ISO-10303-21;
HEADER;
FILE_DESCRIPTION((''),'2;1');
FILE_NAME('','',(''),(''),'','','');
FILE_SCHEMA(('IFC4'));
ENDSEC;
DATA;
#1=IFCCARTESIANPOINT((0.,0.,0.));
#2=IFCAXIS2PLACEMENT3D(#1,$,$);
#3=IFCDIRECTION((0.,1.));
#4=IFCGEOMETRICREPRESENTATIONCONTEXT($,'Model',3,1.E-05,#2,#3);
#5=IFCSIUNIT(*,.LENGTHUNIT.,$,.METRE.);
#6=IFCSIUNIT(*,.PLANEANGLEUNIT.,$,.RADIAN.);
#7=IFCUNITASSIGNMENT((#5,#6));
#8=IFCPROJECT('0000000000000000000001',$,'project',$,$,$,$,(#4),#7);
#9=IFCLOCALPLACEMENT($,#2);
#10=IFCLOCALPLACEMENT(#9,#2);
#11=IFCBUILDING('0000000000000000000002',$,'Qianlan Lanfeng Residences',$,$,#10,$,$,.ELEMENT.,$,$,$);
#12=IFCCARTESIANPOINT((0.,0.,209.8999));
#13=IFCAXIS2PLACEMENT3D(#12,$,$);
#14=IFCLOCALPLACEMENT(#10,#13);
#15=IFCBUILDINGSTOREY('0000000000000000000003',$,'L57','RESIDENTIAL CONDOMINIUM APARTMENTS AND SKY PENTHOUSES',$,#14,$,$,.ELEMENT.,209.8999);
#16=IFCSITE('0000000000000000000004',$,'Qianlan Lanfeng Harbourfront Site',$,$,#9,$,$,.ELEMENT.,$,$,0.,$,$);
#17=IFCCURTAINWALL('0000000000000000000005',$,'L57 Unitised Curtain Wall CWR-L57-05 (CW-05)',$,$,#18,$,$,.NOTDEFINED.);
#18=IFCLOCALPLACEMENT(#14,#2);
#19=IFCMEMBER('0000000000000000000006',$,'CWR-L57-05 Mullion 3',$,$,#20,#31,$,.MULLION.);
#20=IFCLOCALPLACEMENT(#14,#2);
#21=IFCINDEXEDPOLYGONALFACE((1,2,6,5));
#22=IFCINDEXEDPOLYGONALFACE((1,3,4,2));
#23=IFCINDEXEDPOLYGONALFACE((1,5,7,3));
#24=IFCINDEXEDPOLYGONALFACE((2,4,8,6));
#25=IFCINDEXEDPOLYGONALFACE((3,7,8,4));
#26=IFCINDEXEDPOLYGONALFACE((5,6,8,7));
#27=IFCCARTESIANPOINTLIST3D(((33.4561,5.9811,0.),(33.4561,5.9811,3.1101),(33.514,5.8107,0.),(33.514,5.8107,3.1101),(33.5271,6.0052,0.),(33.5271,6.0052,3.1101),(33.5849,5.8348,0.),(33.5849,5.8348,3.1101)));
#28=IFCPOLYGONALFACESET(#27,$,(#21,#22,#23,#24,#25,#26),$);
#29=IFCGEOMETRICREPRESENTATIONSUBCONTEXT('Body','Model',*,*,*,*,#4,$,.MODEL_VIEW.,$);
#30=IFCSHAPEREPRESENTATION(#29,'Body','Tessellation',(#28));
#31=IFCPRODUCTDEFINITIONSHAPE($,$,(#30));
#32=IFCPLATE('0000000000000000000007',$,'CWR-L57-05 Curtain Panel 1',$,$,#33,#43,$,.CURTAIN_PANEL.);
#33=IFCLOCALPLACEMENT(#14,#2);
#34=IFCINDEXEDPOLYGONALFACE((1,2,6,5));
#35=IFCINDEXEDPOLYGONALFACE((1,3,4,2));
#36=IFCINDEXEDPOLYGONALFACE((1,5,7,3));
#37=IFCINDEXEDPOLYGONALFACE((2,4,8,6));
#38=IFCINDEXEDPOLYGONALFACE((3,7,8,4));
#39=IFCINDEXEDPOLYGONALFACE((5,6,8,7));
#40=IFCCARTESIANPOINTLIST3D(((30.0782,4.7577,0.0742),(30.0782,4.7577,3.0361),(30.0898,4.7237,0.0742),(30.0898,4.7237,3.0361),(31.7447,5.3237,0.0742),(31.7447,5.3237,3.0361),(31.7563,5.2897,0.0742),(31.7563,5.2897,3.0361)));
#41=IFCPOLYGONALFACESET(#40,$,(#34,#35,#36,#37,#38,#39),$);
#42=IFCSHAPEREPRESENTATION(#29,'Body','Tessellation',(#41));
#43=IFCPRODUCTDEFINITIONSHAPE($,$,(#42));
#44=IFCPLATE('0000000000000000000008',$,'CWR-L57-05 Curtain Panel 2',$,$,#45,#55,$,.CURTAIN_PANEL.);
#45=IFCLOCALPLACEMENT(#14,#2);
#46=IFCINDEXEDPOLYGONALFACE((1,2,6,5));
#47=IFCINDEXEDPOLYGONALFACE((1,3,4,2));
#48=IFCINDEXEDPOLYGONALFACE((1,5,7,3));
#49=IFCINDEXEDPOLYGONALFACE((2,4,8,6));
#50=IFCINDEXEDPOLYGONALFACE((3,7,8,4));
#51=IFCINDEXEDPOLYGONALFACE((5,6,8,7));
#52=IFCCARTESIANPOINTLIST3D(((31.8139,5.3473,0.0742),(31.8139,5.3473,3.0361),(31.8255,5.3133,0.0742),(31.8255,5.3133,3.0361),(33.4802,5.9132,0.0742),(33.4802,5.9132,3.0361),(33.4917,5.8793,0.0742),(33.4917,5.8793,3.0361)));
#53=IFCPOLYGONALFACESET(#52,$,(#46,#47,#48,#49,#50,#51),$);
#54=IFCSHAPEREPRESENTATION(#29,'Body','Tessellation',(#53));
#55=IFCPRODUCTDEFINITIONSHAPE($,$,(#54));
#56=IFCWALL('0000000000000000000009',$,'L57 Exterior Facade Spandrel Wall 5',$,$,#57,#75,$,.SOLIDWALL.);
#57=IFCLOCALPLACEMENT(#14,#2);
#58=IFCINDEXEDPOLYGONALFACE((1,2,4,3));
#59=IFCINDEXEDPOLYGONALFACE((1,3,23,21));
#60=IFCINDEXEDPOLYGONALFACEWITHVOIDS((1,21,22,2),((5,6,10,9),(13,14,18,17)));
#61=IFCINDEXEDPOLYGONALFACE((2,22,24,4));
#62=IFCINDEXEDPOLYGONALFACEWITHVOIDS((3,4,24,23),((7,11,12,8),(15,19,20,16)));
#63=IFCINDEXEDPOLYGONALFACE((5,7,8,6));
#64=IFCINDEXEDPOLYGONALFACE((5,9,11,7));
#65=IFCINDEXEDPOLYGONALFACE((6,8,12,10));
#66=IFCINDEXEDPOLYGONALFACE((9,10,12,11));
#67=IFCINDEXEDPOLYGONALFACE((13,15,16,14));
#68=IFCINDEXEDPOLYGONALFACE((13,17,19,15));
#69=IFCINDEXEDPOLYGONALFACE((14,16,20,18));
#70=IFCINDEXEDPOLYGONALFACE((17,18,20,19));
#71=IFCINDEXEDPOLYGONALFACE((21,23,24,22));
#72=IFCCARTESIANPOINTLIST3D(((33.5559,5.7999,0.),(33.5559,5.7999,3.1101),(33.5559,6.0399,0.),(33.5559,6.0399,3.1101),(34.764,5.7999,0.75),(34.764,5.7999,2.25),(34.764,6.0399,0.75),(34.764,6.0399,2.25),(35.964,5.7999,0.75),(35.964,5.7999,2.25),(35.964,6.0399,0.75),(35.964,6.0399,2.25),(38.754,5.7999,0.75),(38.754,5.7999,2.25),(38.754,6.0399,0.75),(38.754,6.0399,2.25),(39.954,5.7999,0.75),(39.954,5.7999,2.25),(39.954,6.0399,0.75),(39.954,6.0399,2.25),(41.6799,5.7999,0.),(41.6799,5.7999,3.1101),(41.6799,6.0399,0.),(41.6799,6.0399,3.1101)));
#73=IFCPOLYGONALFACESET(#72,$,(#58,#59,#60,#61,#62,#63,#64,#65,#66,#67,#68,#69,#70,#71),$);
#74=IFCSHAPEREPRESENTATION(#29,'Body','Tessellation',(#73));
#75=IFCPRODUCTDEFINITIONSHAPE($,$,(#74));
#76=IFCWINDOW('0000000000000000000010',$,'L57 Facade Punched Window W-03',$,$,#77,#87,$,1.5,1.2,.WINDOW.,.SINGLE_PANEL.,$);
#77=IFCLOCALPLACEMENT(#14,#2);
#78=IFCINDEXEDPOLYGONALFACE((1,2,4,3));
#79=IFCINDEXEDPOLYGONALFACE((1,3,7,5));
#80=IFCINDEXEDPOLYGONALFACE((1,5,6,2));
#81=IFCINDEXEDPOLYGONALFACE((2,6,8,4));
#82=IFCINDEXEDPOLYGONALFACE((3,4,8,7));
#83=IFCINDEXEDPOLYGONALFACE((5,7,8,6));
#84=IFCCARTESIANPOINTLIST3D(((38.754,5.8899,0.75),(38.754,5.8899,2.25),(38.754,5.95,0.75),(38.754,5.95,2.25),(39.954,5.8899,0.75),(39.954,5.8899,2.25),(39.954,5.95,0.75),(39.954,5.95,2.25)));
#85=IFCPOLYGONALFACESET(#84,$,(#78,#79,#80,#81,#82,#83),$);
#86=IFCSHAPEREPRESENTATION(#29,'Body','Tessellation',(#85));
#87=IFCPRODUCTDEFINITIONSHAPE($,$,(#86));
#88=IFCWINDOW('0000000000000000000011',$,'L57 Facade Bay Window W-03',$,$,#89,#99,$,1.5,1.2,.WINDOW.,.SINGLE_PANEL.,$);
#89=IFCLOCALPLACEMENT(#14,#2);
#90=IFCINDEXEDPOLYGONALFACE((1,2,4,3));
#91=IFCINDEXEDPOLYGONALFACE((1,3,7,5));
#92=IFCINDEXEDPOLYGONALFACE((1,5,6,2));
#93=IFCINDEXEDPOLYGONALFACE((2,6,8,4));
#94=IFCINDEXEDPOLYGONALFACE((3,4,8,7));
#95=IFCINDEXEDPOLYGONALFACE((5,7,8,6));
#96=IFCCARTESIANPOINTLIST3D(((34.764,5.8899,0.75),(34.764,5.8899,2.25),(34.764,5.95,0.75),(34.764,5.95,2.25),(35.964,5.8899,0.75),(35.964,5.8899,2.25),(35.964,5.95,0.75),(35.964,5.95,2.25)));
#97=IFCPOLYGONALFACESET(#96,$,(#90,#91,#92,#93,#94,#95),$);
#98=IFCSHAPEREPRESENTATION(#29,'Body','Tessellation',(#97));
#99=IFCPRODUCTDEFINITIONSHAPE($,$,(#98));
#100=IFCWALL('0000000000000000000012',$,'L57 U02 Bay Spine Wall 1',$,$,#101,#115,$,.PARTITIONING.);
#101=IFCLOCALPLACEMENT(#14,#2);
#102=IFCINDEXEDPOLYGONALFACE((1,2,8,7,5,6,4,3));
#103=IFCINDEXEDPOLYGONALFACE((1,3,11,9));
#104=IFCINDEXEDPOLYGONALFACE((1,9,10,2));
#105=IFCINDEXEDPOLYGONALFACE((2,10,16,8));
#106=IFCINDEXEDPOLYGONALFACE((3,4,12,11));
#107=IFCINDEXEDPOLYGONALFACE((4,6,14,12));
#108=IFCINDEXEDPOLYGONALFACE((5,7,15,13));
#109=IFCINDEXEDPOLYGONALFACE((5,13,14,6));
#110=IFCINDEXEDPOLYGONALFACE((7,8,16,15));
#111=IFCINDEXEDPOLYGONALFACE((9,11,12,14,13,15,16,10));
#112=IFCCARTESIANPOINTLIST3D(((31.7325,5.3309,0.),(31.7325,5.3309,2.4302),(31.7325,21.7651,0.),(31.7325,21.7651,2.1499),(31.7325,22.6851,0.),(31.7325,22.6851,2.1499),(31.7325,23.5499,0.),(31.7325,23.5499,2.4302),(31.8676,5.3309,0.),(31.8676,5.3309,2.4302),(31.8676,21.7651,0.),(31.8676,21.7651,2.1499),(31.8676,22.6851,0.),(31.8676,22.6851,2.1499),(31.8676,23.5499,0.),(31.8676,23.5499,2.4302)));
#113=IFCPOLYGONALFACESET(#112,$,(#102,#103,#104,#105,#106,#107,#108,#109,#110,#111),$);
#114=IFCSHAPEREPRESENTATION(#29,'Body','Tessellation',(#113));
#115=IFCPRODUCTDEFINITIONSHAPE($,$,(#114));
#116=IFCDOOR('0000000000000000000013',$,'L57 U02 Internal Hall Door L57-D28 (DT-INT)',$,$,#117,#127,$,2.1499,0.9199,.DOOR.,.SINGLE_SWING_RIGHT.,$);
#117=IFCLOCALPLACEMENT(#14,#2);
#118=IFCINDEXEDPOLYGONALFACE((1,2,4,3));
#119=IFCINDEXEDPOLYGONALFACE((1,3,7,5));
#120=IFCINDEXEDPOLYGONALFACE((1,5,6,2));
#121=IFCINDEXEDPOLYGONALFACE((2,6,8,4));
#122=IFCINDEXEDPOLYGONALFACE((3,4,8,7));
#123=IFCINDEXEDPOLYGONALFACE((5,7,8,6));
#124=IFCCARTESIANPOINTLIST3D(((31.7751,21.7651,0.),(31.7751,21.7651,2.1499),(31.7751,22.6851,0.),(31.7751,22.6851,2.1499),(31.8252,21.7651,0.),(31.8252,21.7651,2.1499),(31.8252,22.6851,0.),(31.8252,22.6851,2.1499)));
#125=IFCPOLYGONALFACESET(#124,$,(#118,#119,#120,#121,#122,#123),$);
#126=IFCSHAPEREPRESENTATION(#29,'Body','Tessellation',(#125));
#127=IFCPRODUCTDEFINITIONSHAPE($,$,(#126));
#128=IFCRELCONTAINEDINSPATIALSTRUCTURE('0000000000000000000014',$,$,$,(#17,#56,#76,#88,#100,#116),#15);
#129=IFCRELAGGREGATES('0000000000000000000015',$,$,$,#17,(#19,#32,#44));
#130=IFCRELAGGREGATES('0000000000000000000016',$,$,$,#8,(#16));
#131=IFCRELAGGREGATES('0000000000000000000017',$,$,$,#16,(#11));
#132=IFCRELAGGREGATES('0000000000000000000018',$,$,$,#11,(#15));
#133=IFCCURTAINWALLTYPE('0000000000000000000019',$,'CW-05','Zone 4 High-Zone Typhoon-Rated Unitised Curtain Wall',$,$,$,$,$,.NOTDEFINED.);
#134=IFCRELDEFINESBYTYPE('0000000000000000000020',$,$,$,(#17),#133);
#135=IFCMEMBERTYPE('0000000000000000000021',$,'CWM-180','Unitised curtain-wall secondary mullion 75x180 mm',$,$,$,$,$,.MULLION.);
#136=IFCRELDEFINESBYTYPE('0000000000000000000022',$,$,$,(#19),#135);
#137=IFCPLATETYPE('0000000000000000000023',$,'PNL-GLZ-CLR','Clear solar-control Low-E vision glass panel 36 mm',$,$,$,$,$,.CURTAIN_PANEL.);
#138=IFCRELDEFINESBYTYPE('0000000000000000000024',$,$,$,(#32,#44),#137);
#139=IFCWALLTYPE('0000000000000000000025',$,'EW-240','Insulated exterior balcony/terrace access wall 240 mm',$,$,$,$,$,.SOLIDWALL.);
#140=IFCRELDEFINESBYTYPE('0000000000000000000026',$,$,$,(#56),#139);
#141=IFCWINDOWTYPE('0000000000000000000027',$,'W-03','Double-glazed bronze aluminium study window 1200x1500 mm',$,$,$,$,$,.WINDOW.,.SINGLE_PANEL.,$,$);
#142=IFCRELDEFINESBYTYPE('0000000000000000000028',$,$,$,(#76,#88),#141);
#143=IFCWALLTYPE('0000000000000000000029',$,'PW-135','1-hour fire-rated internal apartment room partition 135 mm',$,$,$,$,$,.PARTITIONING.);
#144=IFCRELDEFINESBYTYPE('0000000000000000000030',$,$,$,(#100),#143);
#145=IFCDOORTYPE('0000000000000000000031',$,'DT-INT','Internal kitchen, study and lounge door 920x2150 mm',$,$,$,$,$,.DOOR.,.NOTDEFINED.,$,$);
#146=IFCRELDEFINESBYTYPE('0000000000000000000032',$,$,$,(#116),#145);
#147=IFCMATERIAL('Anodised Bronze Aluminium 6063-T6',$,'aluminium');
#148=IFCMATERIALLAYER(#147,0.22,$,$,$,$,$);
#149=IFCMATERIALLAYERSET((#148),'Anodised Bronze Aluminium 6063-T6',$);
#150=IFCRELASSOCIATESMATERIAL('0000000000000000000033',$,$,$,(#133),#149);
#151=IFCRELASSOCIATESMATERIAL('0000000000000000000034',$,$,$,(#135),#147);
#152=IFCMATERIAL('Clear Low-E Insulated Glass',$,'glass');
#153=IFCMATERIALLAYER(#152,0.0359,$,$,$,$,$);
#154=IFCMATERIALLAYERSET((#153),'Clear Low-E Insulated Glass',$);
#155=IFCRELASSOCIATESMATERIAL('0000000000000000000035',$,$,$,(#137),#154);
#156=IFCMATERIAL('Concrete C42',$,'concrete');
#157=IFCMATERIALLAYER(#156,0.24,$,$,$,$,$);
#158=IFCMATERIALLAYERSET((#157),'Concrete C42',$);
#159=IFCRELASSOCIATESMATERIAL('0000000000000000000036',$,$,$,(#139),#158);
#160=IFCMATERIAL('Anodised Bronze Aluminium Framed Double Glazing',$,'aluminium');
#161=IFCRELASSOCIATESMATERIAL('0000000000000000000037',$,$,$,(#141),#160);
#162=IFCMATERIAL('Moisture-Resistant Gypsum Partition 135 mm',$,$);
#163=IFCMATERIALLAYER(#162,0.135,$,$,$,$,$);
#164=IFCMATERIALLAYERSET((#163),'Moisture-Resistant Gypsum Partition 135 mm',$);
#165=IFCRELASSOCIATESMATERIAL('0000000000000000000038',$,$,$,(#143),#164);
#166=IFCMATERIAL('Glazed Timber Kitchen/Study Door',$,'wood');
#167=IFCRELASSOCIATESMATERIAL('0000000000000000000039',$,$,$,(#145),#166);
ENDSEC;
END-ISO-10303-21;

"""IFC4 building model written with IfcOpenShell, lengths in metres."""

from ifc_helpers import new_model, si_unit, direction, frame, frame_2d, origin, origin_2d, place, context, subcontext, project, spatial, rectangle, extrude, source, transform, mapped, material, layer, layer_set, material_profile, profile_set, type_object, element, fill, aggregate, save


model = new_model("IFC4")

# Units and contexts
model_context = context("Model", 3, precision=1e-05, world=origin(), true_north=direction((0.0, 1.0)))
body_context = subcontext(model_context, "Body", "Model", "MODEL_VIEW")
ifc_project = project(units=[si_unit("LENGTHUNIT", "METRE"), si_unit("PLANEANGLEUNIT", "RADIAN")], contexts=[model_context])

# Site, building, storey
site_placement = place(None, origin())
site = spatial("IfcSite", under=ifc_project, at=site_placement, Name="Qianlan Lanfeng Harbourfront Site", CompositionType="ELEMENT", RefElevation=0.0)
building_placement = place(site_placement, origin())
building = spatial("IfcBuilding", under=site, at=building_placement, Name="Qianlan Lanfeng Residences", CompositionType="ELEMENT")
storey_placement = place(building_placement, frame((0.0, 0.0, 209.8999)))
storey = spatial("IfcBuildingStorey", under=building, at=storey_placement, Name="L57", Description="RESIDENTIAL CONDOMINIUM APARTMENTS AND SKY PENTHOUSES", CompositionType="ELEMENT", Elevation=209.8999)

# Curtain wall, member, plates
ifc_material_1 = material(Name="Anodised Bronze Aluminium 6063-T6", Category="aluminium")
ifc_layer_1 = layer(ifc_material_1, 0.22)
ifc_layer_set_1 = layer_set([ifc_layer_1], Name="Anodised Bronze Aluminium 6063-T6")
curtain_wall_type = type_object("IfcCurtainWallType", Name="CW-05", Description="Zone 4 High-Zone Typhoon-Rated Unitised Curtain Wall", PredefinedType="NOTDEFINED", material=ifc_layer_set_1)
curtain_wall_placement = place(storey_placement, origin())
curtain_wall = element("IfcCurtainWall", 1, at=curtain_wall_placement, inside=storey, type_object=curtain_wall_type, Name="L57 Unitised Curtain Wall CWR-L57-05 (CW-05)", PredefinedType="NOTDEFINED")
ifc_material_profile_1 = material_profile(ifc_material_1, rectangle(XDim=0.075, YDim=0.1799, at=origin_2d()), Name="ALU MULLION 75x180")
ifc_profile_set_1 = profile_set([ifc_material_profile_1], Name="Anodised Bronze Aluminium 6063-T6")
member_type_1 = type_object("IfcMemberType", Name="CWM-180", Description="Unitised curtain-wall secondary mullion 75x180 mm", PredefinedType="MULLION", material=ifc_profile_set_1)
shared_shape_1 = source(origin(), body_context, "Body", "SweptSolid", [
    extrude(rectangle(XDim=0.075, YDim=0.1799, at=origin_2d()), origin(), (0.0, 0.0, 1.0), 3.1101),
])
member_1_placement = place(storey_placement, frame((33.5205, 5.908, 0.0), z_axis=(0.0, 0.0, 1.0), x_axis=(0.946877, 0.321596, 0.0)))
member_1 = element("IfcMember", 2, at=member_1_placement, type_object=member_type_1, Name="CWR-L57-05 Mullion 3", PredefinedType="MULLION", context=body_context, shape_type="MappedRepresentation", body=[
    mapped(shared_shape_1, transform((0.0, 0.0, 0.0), scale=1.0)),
])
ifc_material_2 = material(Name="Clear Low-E Insulated Glass", Category="glass")
ifc_layer_2 = layer(ifc_material_2, 0.0359)
ifc_layer_set_2 = layer_set([ifc_layer_2], Name="Clear Low-E Insulated Glass")
plate_type = type_object("IfcPlateType", Name="PNL-GLZ-CLR", Description="Clear solar-control Low-E vision glass panel 36 mm", PredefinedType="CURTAIN_PANEL", material=ifc_layer_set_2)
shared_shape_2 = source(origin(), body_context, "Body", "SweptSolid", [
    extrude(rectangle(XDim=1.76, YDim=0.0359, at=origin_2d()), origin(), (0.0, 0.0, 1.0), 2.9619),
])
plate_1_placement = place(storey_placement, frame((30.9172, 5.0237, 0.0742), z_axis=(0.0, 0.0, 1.0), x_axis=(0.946877, 0.321596, 0.0)))
plate_1 = element("IfcPlate", 3, at=plate_1_placement, type_object=plate_type, Name="CWR-L57-05 Curtain Panel 1", PredefinedType="CURTAIN_PANEL", context=body_context, shape_type="MappedRepresentation", body=[
    mapped(shared_shape_2, transform((0.0, 0.0, 0.0), scale=1.0)),
])
shared_shape_3 = source(origin(), body_context, "Body", "SweptSolid", [
    extrude(rectangle(XDim=1.7598, YDim=0.0359, at=origin_2d()), origin(), (0.0, 0.0, 1.0), 2.9619),
])
plate_2_placement = place(storey_placement, frame((32.6528, 5.6133, 0.0742), z_axis=(0.0, 0.0, 1.0), x_axis=(0.946877, 0.321596, 0.0)))
plate_2 = element("IfcPlate", 4, at=plate_2_placement, type_object=plate_type, Name="CWR-L57-05 Curtain Panel 2", PredefinedType="CURTAIN_PANEL", context=body_context, shape_type="MappedRepresentation", body=[
    mapped(shared_shape_3, transform((0.0, 0.0, 0.0), scale=1.0)),
])
aggregate(curtain_wall, [member_1, plate_1, plate_2])

# Wall, openings, windows
ifc_material_3 = material(Name="Concrete C42", Category="concrete")
ifc_layer_3 = layer(ifc_material_3, 0.24)
ifc_layer_set_3 = layer_set([ifc_layer_3], Name="Concrete C42")
wall_type_1 = type_object("IfcWallType", Name="EW-240", Description="Insulated exterior balcony/terrace access wall 240 mm", PredefinedType="SOLIDWALL", material=ifc_layer_set_3)
wall_1_placement = place(storey_placement, frame((33.5559, 5.9199, 0.0), z_axis=(0.0, 0.0, 1.0), x_axis=(1.0, 0.0, 0.0)))
wall_1 = element("IfcWall", 5, at=wall_1_placement, inside=storey, type_object=wall_type_1, Name="L57 Exterior Facade Spandrel Wall 5", PredefinedType="SOLIDWALL", context=body_context, shape_type="SweptSolid", body=[
    extrude(rectangle(XDim=8.124, YDim=0.24, at=frame_2d((4.062, 0.0))), origin(), (0.0, 0.0, 1.0), 3.1101),
])
opening_1_placement = place(wall_1_placement, frame((5.198, 0.0, 0.75)))
opening_1 = element("IfcOpeningElement", 6, at=opening_1_placement, cuts=wall_1, PredefinedType="OPENING", context=body_context, shape_type="SweptSolid", body=[
    extrude(rectangle(XDim=1.2, YDim=1.5, at=frame_2d((0.6001, 0.75))), frame((0.0, 0.1299, 0.0), z_axis=(0.0, -1.0, 0.0), x_axis=(1.0, 0.0, 0.0)), (0.0, 0.0, 1.0), 0.26),
])
opening_2_placement = place(wall_1_placement, frame((1.208, 0.0, 0.75)))
opening_2 = element("IfcOpeningElement", 7, at=opening_2_placement, cuts=wall_1, PredefinedType="OPENING", context=body_context, shape_type="SweptSolid", body=[
    extrude(rectangle(XDim=1.2, YDim=1.5, at=frame_2d((0.6001, 0.75))), frame((0.0, 0.1299, 0.0), z_axis=(0.0, -1.0, 0.0), x_axis=(1.0, 0.0, 0.0)), (0.0, 0.0, 1.0), 0.26),
])
ifc_material_4 = material(Name="Anodised Bronze Aluminium Framed Double Glazing", Category="aluminium")
window_type = type_object("IfcWindowType", Name="W-03", Description="Double-glazed bronze aluminium study window 1200x1500 mm", PartitioningType="SINGLE_PANEL", PredefinedType="WINDOW", material=ifc_material_4)
window_1_placement = place(opening_1_placement, origin())
window_1 = element("IfcWindow", 8, at=window_1_placement, inside=storey, type_object=window_type, Name="L57 Facade Punched Window W-03", OverallHeight=1.5, OverallWidth=1.2, PartitioningType="SINGLE_PANEL", PredefinedType="WINDOW", context=body_context, shape_type="SweptSolid", body=[
    extrude(rectangle(XDim=1.2, YDim=1.5, at=frame_2d((0.6001, 0.75))), frame((0.0, 0.03, 0.0), z_axis=(0.0, -1.0, 0.0), x_axis=(1.0, 0.0, 0.0)), (0.0, 0.0, 1.0), 0.0601),
])
fill(opening_1, window_1)
window_2_placement = place(opening_2_placement, origin())
window_2 = element("IfcWindow", 9, at=window_2_placement, inside=storey, type_object=window_type, Name="L57 Facade Bay Window W-03", OverallHeight=1.5, OverallWidth=1.2, PartitioningType="SINGLE_PANEL", PredefinedType="WINDOW", context=body_context, shape_type="SweptSolid", body=[
    extrude(rectangle(XDim=1.2, YDim=1.5, at=frame_2d((0.6001, 0.75))), frame((0.0, 0.03, 0.0), z_axis=(0.0, -1.0, 0.0), x_axis=(1.0, 0.0, 0.0)), (0.0, 0.0, 1.0), 0.0601),
])
fill(opening_2, window_2)

# Wall, opening, door
ifc_material_5 = material(Name="Moisture-Resistant Gypsum Partition 135 mm")
ifc_layer_4 = layer(ifc_material_5, 0.135)
ifc_layer_set_4 = layer_set([ifc_layer_4], Name="Moisture-Resistant Gypsum Partition 135 mm")
wall_type_2 = type_object("IfcWallType", Name="PW-135", Description="1-hour fire-rated internal apartment room partition 135 mm", PredefinedType="PARTITIONING", material=ifc_layer_set_4)
wall_2_placement = place(storey_placement, frame((31.8, 5.3311, 0.0), z_axis=(0.0, 0.0, 1.0), x_axis=(0.0, 1.0, 0.0)))
wall_2 = element("IfcWall", 10, at=wall_2_placement, inside=storey, type_object=wall_type_2, Name="L57 U02 Bay Spine Wall 1", PredefinedType="PARTITIONING", context=body_context, shape_type="SweptSolid", body=[
    extrude(rectangle(XDim=18.219, YDim=0.135, at=frame_2d((9.1094, 0.0))), origin(), (0.0, 0.0, 1.0), 2.4302),
])
opening_3_placement = place(wall_2_placement, frame((16.4341, 0.0, 0.0)))
opening_3 = element("IfcOpeningElement", 11, at=opening_3_placement, cuts=wall_2, PredefinedType="OPENING", context=body_context, shape_type="SweptSolid", body=[
    extrude(rectangle(XDim=0.9199, YDim=2.1499, at=frame_2d((0.46, 1.075))), frame((0.0, 0.0776, 0.0), z_axis=(0.0, -1.0, 0.0), x_axis=(1.0, 0.0, 0.0)), (0.0, 0.0, 1.0), 0.155),
])
ifc_material_6 = material(Name="Glazed Timber Kitchen/Study Door", Category="wood")
door_type_1 = type_object("IfcDoorType", Name="DT-INT", Description="Internal kitchen, study and lounge door 920x2150 mm", OperationType="NOTDEFINED", PredefinedType="DOOR", material=ifc_material_6)
door_1_placement = place(opening_3_placement, origin())
door_1 = element("IfcDoor", 12, at=door_1_placement, inside=storey, type_object=door_type_1, Name="L57 U02 Internal Hall Door L57-D28 (DT-INT)", OperationType="SINGLE_SWING_RIGHT", OverallHeight=2.1499, OverallWidth=0.9199, PredefinedType="DOOR", context=body_context, shape_type="SweptSolid", body=[
    extrude(rectangle(XDim=0.9199, YDim=2.1499, at=frame_2d((0.46, 1.075))), frame((0.0, 0.0249, 0.0), z_axis=(0.0, -1.0, 0.0), x_axis=(1.0, 0.0, 0.0)), (0.0, 0.0, 1.0), 0.05),
])
fill(opening_3, door_1)

save(model, "model.ifc")
